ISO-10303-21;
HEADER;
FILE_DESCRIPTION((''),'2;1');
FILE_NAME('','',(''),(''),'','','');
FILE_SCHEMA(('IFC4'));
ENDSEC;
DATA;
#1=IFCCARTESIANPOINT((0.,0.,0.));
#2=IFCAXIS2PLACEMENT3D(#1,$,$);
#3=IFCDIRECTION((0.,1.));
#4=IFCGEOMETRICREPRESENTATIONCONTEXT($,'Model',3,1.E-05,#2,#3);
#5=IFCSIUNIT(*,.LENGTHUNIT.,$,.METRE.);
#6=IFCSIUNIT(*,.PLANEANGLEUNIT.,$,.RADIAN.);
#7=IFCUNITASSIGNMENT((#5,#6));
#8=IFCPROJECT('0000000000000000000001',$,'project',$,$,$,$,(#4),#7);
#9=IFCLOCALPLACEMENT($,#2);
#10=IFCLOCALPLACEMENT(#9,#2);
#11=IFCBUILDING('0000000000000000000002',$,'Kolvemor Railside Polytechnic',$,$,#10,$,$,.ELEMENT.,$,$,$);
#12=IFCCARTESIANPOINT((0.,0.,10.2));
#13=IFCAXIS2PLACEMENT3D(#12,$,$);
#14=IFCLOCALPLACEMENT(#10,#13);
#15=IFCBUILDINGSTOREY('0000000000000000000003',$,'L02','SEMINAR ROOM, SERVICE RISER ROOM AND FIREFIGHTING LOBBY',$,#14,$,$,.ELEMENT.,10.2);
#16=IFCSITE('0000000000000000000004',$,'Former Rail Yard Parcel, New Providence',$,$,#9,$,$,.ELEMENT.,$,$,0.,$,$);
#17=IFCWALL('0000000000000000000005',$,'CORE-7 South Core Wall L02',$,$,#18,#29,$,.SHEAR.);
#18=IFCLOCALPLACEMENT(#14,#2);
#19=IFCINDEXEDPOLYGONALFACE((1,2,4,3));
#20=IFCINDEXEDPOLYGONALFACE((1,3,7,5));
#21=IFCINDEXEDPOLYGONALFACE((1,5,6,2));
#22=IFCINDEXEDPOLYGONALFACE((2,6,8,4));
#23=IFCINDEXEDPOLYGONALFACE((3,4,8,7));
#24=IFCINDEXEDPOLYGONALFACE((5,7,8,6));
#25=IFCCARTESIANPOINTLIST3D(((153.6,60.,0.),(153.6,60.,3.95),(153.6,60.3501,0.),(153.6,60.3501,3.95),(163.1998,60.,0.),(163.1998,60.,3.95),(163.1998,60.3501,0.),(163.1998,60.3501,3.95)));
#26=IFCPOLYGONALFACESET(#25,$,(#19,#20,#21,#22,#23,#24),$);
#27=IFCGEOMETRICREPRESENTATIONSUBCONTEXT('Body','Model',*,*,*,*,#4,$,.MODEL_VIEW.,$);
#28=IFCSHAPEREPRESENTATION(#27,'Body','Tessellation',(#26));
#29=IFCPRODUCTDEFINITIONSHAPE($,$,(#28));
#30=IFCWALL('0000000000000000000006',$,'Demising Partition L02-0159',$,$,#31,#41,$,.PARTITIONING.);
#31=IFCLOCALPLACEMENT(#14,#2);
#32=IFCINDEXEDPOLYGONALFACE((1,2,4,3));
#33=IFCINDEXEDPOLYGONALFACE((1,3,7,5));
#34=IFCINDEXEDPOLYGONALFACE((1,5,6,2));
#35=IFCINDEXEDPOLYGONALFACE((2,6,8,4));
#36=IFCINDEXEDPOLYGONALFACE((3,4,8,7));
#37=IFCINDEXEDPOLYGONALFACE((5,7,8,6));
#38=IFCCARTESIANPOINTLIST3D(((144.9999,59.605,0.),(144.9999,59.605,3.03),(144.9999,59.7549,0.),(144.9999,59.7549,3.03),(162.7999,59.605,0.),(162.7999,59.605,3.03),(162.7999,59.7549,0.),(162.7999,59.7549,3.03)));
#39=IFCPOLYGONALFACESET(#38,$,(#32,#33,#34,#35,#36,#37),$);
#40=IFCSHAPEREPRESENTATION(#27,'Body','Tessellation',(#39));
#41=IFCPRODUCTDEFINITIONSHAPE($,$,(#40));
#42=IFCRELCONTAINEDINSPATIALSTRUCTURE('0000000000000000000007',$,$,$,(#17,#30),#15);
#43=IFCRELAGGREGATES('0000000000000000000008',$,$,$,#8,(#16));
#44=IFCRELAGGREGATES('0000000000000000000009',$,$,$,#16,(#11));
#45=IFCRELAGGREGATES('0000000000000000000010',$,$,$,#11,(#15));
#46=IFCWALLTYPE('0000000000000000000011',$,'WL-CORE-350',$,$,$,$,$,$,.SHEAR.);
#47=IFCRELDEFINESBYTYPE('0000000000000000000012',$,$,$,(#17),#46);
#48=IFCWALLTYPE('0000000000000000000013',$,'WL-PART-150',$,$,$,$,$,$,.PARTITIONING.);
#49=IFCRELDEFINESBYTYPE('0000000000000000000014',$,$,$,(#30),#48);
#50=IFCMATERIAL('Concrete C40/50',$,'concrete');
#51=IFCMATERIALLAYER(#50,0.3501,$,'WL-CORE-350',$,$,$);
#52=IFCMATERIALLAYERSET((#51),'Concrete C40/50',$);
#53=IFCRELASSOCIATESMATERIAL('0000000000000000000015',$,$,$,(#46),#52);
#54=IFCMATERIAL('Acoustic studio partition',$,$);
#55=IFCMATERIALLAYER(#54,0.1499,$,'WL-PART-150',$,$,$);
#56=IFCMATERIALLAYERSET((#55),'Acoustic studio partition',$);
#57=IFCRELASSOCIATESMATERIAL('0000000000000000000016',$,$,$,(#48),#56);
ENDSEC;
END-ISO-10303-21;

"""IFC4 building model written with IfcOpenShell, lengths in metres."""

from ifc_helpers import new_model, si_unit, direction, frame, frame_2d, origin, place, context, subcontext, project, spatial, rectangle, extrude, material, layer, layer_set, type_object, element, save


model = new_model("IFC4")

# Units and contexts
model_context = context("Model", 3, precision=1e-05, world=origin(), true_north=direction((0.0, 1.0)))
body_context = subcontext(model_context, "Body", "Model", "MODEL_VIEW")
ifc_project = project(units=[si_unit("LENGTHUNIT", "METRE"), si_unit("PLANEANGLEUNIT", "RADIAN")], contexts=[model_context])

# Site, building, storey
site_placement = place(None, origin())
site = spatial("IfcSite", under=ifc_project, at=site_placement, Name="Former Rail Yard Parcel, New Providence", CompositionType="ELEMENT", RefElevation=0.0)
building_placement = place(site_placement, origin())
building = spatial("IfcBuilding", under=site, at=building_placement, Name="Kolvemor Railside Polytechnic", CompositionType="ELEMENT")
storey_placement = place(building_placement, frame((0.0, 0.0, 10.2)))
storey = spatial("IfcBuildingStorey", under=building, at=storey_placement, Name="L02", Description="SEMINAR ROOM, SERVICE RISER ROOM AND FIREFIGHTING LOBBY", CompositionType="ELEMENT", Elevation=10.2)

# Walls
ifc_material_1 = material(Name="Concrete C40/50", Category="concrete")
ifc_layer_1 = layer(ifc_material_1, 0.3501, Name="WL-CORE-350")
ifc_layer_set_1 = layer_set([ifc_layer_1], Name="Concrete C40/50")
wall_type_1 = type_object("IfcWallType", Name="WL-CORE-350", PredefinedType="SHEAR", material=ifc_layer_set_1)
wall_1_placement = place(storey_placement, frame((153.6001, 60.175, 0.0), z_axis=(0.0, 0.0, 1.0), x_axis=(1.0, 0.0, 0.0)))
element("IfcWall", 1, at=wall_1_placement, inside=storey, type_object=wall_type_1, Name="CORE-7 South Core Wall L02", PredefinedType="SHEAR", context=body_context, shape_type="SweptSolid", body=[
    extrude(rectangle(XDim=9.5999, YDim=0.3501, at=frame_2d((4.7998, 0.0))), origin(), (0.0, 0.0, 1.0), 3.95),
])
ifc_material_2 = material(Name="Acoustic studio partition")
ifc_layer_2 = layer(ifc_material_2, 0.1499, Name="WL-PART-150")
ifc_layer_set_2 = layer_set([ifc_layer_2], Name="Acoustic studio partition")
wall_type_2 = type_object("IfcWallType", Name="WL-PART-150", PredefinedType="PARTITIONING", material=ifc_layer_set_2)
wall_2_placement = place(storey_placement, frame((145.0, 59.6799, 0.0), z_axis=(0.0, 0.0, 1.0), x_axis=(1.0, 0.0, 0.0)))
element("IfcWall", 2, at=wall_2_placement, inside=storey, type_object=wall_type_2, Name="Demising Partition L02-0159", PredefinedType="PARTITIONING", context=body_context, shape_type="SweptSolid", body=[
    extrude(rectangle(XDim=17.8, YDim=0.1499, at=frame_2d((8.8999, 0.0))), origin(), (0.0, 0.0, 1.0), 3.03),
])

save(model, "model.ifc")
